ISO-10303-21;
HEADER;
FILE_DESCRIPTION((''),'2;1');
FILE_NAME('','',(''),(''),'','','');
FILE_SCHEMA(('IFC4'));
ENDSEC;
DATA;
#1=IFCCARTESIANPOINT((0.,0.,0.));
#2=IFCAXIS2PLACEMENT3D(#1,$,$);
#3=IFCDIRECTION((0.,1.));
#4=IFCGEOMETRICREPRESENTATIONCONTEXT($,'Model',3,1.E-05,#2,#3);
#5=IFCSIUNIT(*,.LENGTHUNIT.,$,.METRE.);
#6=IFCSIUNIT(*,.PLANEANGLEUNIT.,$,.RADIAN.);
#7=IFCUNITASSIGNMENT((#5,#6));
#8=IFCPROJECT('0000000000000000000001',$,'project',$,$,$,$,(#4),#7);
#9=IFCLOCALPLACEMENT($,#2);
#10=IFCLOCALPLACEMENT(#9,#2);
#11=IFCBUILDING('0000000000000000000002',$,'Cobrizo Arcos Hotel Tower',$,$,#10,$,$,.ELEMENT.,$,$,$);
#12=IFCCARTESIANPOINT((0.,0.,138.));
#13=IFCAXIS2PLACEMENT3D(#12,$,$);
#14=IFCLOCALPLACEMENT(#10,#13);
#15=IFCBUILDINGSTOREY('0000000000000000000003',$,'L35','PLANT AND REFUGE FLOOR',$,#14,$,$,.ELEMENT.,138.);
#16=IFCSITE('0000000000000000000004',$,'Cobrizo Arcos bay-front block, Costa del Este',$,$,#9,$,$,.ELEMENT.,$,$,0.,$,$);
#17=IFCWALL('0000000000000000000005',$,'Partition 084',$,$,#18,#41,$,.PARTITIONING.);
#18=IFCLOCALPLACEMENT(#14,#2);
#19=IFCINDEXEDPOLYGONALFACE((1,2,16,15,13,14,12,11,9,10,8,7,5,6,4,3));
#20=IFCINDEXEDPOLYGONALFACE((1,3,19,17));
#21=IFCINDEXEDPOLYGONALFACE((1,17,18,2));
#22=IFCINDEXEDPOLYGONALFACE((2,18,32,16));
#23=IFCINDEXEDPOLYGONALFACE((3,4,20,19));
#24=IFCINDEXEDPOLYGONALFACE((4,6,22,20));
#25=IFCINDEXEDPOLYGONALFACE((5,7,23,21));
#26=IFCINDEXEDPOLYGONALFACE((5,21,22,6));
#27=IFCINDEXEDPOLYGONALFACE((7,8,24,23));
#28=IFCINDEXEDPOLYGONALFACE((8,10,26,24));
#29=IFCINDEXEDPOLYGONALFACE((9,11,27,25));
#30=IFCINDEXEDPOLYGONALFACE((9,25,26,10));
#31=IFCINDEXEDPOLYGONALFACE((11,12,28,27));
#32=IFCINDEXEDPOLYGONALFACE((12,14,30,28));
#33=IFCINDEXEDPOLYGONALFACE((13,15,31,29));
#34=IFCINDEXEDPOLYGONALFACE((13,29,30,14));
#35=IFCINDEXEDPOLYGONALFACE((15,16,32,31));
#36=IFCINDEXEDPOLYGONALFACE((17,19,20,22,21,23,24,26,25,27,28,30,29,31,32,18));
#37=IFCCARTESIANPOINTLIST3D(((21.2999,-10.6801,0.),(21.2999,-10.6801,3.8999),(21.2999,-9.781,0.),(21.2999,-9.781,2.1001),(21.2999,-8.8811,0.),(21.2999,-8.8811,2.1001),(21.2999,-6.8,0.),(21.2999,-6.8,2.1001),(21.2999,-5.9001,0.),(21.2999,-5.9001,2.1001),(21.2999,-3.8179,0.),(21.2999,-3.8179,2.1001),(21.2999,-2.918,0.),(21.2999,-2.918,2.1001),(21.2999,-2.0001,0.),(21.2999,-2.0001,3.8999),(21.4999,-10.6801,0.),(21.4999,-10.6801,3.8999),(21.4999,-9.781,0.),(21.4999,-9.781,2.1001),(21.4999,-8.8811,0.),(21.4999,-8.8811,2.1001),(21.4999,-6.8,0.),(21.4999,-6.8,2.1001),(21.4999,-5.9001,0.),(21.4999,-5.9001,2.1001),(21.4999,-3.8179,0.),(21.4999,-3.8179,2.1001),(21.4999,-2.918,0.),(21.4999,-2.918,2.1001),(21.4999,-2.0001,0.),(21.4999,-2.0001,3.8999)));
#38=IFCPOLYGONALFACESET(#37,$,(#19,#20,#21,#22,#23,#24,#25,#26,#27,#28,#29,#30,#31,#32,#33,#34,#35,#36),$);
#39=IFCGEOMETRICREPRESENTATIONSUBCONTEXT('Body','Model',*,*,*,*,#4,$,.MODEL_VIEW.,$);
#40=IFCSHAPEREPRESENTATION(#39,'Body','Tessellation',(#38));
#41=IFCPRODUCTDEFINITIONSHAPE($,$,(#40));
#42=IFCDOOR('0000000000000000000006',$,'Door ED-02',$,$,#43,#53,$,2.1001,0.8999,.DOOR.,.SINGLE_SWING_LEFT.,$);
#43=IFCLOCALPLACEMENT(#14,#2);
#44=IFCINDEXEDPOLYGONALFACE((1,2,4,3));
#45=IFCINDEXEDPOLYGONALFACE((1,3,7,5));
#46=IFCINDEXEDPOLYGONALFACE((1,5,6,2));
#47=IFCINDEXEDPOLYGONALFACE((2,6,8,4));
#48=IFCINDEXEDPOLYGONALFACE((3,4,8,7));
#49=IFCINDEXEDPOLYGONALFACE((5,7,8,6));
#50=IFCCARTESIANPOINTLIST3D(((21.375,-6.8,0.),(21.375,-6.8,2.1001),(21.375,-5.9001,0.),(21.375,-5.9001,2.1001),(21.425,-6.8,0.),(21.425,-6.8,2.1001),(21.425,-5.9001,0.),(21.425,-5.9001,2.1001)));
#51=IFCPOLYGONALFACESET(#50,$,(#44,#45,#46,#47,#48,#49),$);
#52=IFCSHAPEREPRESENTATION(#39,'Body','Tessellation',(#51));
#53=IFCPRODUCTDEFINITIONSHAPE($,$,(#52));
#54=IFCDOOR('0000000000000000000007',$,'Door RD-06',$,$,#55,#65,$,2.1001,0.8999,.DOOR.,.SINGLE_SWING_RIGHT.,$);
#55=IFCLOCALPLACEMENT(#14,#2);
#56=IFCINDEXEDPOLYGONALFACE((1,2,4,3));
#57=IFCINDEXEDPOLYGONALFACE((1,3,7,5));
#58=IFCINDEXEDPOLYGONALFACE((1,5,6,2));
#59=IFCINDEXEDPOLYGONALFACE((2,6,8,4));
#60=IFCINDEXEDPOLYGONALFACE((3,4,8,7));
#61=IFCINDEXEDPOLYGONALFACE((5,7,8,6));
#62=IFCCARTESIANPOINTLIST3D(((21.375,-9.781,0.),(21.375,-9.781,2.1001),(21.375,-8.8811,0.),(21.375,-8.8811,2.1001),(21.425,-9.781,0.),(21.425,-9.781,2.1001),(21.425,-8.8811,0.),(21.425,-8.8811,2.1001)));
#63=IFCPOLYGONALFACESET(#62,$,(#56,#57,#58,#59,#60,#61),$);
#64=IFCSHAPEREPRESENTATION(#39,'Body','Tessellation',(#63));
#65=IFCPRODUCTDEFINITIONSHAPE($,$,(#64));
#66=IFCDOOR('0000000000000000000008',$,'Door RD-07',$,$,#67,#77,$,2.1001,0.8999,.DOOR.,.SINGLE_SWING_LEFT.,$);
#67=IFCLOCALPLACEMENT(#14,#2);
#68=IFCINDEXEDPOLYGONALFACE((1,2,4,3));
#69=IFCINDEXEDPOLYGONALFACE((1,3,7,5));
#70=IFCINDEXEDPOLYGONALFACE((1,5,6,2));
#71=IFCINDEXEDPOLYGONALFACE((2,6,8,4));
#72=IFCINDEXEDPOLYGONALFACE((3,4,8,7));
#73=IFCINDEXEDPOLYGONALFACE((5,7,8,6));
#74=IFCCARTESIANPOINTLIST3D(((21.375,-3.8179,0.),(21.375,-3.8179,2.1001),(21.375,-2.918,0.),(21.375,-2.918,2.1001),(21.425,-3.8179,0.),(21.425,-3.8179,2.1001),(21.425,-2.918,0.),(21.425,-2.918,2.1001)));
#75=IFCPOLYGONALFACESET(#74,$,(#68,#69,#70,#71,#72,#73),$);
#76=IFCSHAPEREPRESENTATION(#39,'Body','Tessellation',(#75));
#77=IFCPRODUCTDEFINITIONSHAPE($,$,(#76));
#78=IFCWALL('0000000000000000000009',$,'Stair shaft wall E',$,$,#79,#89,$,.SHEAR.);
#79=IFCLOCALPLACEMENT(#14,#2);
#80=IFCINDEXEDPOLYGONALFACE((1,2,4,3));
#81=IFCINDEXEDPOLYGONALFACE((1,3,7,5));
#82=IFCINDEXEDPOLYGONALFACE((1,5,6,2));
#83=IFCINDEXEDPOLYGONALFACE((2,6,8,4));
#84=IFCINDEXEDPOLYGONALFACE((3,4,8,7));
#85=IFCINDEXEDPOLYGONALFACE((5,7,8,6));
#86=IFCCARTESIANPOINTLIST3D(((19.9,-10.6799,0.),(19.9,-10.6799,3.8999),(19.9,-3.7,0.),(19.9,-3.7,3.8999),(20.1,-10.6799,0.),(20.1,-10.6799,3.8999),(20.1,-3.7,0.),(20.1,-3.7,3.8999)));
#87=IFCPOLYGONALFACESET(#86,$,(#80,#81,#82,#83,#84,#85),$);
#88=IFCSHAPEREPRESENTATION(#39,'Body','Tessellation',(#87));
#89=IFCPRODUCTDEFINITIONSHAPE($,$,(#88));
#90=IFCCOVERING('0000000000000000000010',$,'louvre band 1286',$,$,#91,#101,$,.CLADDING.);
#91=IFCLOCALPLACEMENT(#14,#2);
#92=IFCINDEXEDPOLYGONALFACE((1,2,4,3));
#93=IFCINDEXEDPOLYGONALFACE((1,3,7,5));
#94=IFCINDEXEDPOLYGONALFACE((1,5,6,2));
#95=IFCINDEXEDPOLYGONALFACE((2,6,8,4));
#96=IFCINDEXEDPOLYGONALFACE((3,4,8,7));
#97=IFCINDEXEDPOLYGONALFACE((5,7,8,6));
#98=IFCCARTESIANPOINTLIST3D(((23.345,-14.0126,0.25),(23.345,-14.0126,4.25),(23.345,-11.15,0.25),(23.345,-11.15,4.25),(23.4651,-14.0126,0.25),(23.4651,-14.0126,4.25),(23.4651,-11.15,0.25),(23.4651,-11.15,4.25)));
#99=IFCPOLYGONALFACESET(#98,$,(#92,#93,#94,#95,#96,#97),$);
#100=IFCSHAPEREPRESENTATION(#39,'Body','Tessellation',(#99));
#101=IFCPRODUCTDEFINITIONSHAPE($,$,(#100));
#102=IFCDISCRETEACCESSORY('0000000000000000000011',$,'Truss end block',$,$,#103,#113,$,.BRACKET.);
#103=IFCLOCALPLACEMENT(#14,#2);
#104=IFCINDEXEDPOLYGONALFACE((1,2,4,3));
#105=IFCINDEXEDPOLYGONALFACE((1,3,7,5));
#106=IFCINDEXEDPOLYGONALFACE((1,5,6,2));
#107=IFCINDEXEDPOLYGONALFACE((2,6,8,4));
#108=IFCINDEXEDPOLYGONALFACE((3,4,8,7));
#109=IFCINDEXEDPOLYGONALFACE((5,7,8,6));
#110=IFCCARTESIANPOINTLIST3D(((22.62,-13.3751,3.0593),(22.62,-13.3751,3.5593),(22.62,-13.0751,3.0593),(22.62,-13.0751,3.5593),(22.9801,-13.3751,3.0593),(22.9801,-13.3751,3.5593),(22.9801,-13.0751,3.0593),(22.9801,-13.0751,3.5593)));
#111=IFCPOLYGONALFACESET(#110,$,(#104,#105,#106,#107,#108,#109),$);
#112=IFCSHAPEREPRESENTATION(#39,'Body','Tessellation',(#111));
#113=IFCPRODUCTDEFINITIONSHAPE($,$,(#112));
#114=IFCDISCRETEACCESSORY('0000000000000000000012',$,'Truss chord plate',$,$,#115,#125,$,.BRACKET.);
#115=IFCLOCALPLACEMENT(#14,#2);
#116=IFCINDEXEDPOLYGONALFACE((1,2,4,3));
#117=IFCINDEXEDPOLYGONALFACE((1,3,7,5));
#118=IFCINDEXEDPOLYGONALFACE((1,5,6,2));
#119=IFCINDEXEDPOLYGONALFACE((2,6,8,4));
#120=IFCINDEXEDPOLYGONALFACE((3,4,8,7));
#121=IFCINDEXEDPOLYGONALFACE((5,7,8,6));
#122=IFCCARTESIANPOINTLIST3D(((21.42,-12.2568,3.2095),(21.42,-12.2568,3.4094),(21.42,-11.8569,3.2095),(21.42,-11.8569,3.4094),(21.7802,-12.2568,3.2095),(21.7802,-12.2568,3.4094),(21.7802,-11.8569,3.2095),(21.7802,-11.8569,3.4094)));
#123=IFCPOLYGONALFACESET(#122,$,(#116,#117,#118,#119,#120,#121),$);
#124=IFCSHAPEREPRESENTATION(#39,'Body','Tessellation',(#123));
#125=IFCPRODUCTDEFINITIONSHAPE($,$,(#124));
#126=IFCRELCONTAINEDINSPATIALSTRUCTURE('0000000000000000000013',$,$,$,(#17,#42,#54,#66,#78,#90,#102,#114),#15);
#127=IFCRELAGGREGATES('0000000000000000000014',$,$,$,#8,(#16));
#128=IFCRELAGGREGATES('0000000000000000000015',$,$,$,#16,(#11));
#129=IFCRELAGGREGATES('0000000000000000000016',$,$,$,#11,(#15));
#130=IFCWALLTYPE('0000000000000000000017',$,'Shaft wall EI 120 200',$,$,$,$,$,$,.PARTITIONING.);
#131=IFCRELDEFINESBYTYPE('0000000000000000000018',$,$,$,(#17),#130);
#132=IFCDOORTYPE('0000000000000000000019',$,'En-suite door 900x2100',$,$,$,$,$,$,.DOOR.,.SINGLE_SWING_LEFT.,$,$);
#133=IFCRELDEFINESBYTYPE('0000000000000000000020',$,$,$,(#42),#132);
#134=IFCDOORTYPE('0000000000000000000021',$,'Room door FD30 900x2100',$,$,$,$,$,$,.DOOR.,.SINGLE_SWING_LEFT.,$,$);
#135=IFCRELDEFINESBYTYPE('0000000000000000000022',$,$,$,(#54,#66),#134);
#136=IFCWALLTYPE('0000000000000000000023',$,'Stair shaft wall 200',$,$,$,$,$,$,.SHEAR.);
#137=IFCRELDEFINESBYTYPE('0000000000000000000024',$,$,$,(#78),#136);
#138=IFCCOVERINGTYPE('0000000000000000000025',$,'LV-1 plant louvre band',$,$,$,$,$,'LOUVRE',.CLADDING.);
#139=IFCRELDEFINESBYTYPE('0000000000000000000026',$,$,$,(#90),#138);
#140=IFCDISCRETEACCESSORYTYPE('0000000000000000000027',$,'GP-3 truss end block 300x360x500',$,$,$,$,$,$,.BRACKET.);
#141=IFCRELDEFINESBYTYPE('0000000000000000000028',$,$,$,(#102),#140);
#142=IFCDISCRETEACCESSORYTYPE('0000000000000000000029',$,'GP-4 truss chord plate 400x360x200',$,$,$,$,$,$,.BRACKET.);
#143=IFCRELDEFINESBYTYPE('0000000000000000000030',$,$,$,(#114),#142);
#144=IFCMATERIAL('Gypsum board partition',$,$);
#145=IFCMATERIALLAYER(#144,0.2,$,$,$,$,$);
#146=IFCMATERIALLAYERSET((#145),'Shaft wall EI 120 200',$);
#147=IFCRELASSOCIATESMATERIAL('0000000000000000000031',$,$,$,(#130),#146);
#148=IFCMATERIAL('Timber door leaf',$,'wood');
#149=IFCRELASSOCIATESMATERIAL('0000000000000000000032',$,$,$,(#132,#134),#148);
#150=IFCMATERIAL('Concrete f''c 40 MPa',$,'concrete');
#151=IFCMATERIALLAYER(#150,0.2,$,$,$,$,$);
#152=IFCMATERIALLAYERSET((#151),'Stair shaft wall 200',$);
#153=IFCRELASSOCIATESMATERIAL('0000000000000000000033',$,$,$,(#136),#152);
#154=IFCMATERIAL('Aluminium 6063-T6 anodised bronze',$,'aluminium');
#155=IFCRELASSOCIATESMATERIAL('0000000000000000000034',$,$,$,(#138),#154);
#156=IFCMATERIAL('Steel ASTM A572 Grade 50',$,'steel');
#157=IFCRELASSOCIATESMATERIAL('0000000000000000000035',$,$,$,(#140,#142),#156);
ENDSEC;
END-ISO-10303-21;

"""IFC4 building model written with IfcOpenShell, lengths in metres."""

from ifc_helpers import new_model, si_unit, direction, frame, frame_2d, origin, origin_2d, place, context, subcontext, project, spatial, rectangle, extrude, material, layer, layer_set, type_object, element, fill, save


model = new_model("IFC4")

# Units and contexts
model_context = context("Model", 3, precision=1e-05, world=origin(), true_north=direction((0.0, 1.0)))
body_context = subcontext(model_context, "Body", "Model", "MODEL_VIEW")
ifc_project = project(units=[si_unit("LENGTHUNIT", "METRE"), si_unit("PLANEANGLEUNIT", "RADIAN")], contexts=[model_context])

# Site, building, storey
site_placement = place(None, origin())
site = spatial("IfcSite", under=ifc_project, at=site_placement, Name="Cobrizo Arcos bay-front block, Costa del Este", CompositionType="ELEMENT", RefElevation=0.0)
building_placement = place(site_placement, origin())
building = spatial("IfcBuilding", under=site, at=building_placement, Name="Cobrizo Arcos Hotel Tower", CompositionType="ELEMENT")
storey_placement = place(building_placement, frame((0.0, 0.0, 138.0)))
storey = spatial("IfcBuildingStorey", under=building, at=storey_placement, Name="L35", Description="PLANT AND REFUGE FLOOR", CompositionType="ELEMENT", Elevation=138.0)

# Shared definitions
ifc_material_1 = material(Name="Aluminium 6063-T6 anodised bronze", Category="aluminium")

# Wall, openings, doors
ifc_material_2 = material(Name="Gypsum board partition")
ifc_layer_1 = layer(ifc_material_2, 0.2)
ifc_layer_set_1 = layer_set([ifc_layer_1], Name="Shaft wall EI 120 200")
wall_type_1 = type_object("IfcWallType", Name="Shaft wall EI 120 200", PredefinedType="PARTITIONING", material=ifc_layer_set_1)
wall_1_placement = place(storey_placement, frame((21.3999, -10.6799, 0.0), z_axis=(0.0, 0.0, 1.0), x_axis=(0.0, 1.0, 0.0)))
wall_1 = element("IfcWall", 1, at=wall_1_placement, inside=storey, type_object=wall_type_1, Name="Partition 084", PredefinedType="PARTITIONING", context=body_context, shape_type="SweptSolid", body=[
    extrude(rectangle(XDim=8.6799, YDim=0.2, at=frame_2d((4.3398, 0.0))), origin(), (0.0, 0.0, 1.0), 3.8999),
])
opening_1_placement = place(wall_1_placement, frame((0.8989, 0.0, 0.0)))
opening_1 = element("IfcOpeningElement", 2, at=opening_1_placement, cuts=wall_1, PredefinedType="OPENING", context=body_context, shape_type="SweptSolid", body=[
    extrude(rectangle(XDim=0.8999, YDim=2.1001, at=frame_2d((0.45, 1.05))), frame((0.0, 0.1121, 0.0), z_axis=(0.0, -1.0, 0.0), x_axis=(1.0, 0.0, 0.0)), (0.0, 0.0, 1.0), 0.2239),
])
opening_2_placement = place(wall_1_placement, frame((3.8799, 0.0, 0.0)))
opening_2 = element("IfcOpeningElement", 3, at=opening_2_placement, cuts=wall_1, PredefinedType="OPENING", context=body_context, shape_type="SweptSolid", body=[
    extrude(rectangle(XDim=0.8999, YDim=2.1001, at=frame_2d((0.45, 1.05))), frame((0.0, 0.1121, 0.0), z_axis=(0.0, -1.0, 0.0), x_axis=(1.0, 0.0, 0.0)), (0.0, 0.0, 1.0), 0.2239),
])
opening_3_placement = place(wall_1_placement, frame((6.8621, 0.0, 0.0)))
opening_3 = element("IfcOpeningElement", 4, at=opening_3_placement, cuts=wall_1, PredefinedType="OPENING", context=body_context, shape_type="SweptSolid", body=[
    extrude(rectangle(XDim=0.8999, YDim=2.1001, at=frame_2d((0.45, 1.05))), frame((0.0, 0.1121, 0.0), z_axis=(0.0, -1.0, 0.0), x_axis=(1.0, 0.0, 0.0)), (0.0, 0.0, 1.0), 0.2239),
])
ifc_material_3 = material(Name="Timber door leaf", Category="wood")
door_type_1 = type_object("IfcDoorType", Name="En-suite door 900x2100", OperationType="SINGLE_SWING_LEFT", PredefinedType="DOOR", material=ifc_material_3)
door_1_placement = place(opening_2_placement, origin())
door_1 = element("IfcDoor", 5, at=door_1_placement, inside=storey, type_object=door_type_1, Name="Door ED-02", OperationType="SINGLE_SWING_LEFT", OverallHeight=2.1001, OverallWidth=0.8999, PredefinedType="DOOR", context=body_context, shape_type="SweptSolid", body=[
    extrude(rectangle(XDim=0.8999, YDim=2.1001, at=frame_2d((0.45, 1.05))), frame((0.0, 0.0249, 0.0), z_axis=(0.0, -1.0, 0.0), x_axis=(1.0, 0.0, 0.0)), (0.0, 0.0, 1.0), 0.05),
])
fill(opening_2, door_1)
door_type_2 = type_object("IfcDoorType", Name="Room door FD30 900x2100", OperationType="SINGLE_SWING_LEFT", PredefinedType="DOOR", material=ifc_material_3)
door_2_placement = place(opening_1_placement, origin())
door_2 = element("IfcDoor", 6, at=door_2_placement, inside=storey, type_object=door_type_2, Name="Door RD-06", OperationType="SINGLE_SWING_RIGHT", OverallHeight=2.1001, OverallWidth=0.8999, PredefinedType="DOOR", context=body_context, shape_type="SweptSolid", body=[
    extrude(rectangle(XDim=0.8999, YDim=2.1001, at=frame_2d((0.45, 1.05))), frame((0.0, 0.0249, 0.0), z_axis=(0.0, -1.0, 0.0), x_axis=(1.0, 0.0, 0.0)), (0.0, 0.0, 1.0), 0.05),
])
fill(opening_1, door_2)
door_3_placement = place(opening_3_placement, origin())
door_3 = element("IfcDoor", 7, at=door_3_placement, inside=storey, type_object=door_type_2, Name="Door RD-07", OperationType="SINGLE_SWING_LEFT", OverallHeight=2.1001, OverallWidth=0.8999, PredefinedType="DOOR", context=body_context, shape_type="SweptSolid", body=[
    extrude(rectangle(XDim=0.8999, YDim=2.1001, at=frame_2d((0.45, 1.05))), frame((0.0, 0.0249, 0.0), z_axis=(0.0, -1.0, 0.0), x_axis=(1.0, 0.0, 0.0)), (0.0, 0.0, 1.0), 0.05),
])
fill(opening_3, door_3)

# Wall
ifc_material_4 = material(Name="Concrete f'c 40 MPa", Category="concrete")
ifc_layer_2 = layer(ifc_material_4, 0.2)
ifc_layer_set_2 = layer_set([ifc_layer_2], Name="Stair shaft wall 200")
wall_type_2 = type_object("IfcWallType", Name="Stair shaft wall 200", PredefinedType="SHEAR", material=ifc_layer_set_2)
wall_2_placement = place(storey_placement, frame((20.0, -10.6799, 0.0), z_axis=(0.0, 0.0, 1.0), x_axis=(0.0, 1.0, 0.0)))
element("IfcWall", 8, at=wall_2_placement, inside=storey, type_object=wall_type_2, Name="Stair shaft wall E", PredefinedType="SHEAR", context=body_context, shape_type="SweptSolid", body=[
    extrude(rectangle(XDim=6.98, YDim=0.2, at=frame_2d((3.49, 0.0))), origin(), (0.0, 0.0, 1.0), 3.8999),
])

# Covering
covering_type = type_object("IfcCoveringType", Name="LV-1 plant louvre band", ElementType="LOUVRE", PredefinedType="CLADDING", material=ifc_material_1)
covering_placement = place(storey_placement, frame((23.405, -12.5813, 0.25), z_axis=(0.0, 0.0, 1.0), x_axis=(0.0, 1.0, 0.0)))
element("IfcCovering", 9, at=covering_placement, inside=storey, type_object=covering_type, Name="louvre band 1286", PredefinedType="CLADDING", context=body_context, shape_type="SweptSolid", body=[
    extrude(rectangle(XDim=2.8625, YDim=0.1201, at=origin_2d()), origin(), (0.0, 0.0, 1.0), 4.0),
])

# Discrete accessories
ifc_material_5 = material(Name="Steel ASTM A572 Grade 50", Category="steel")
discrete_accessory_type_1 = type_object("IfcDiscreteAccessoryType", Name="GP-3 truss end block 300x360x500", PredefinedType="BRACKET", material=ifc_material_5)
discrete_accessory_1_placement = place(storey_placement, frame((22.8, -13.2251, 3.0593), z_axis=(0.0, 0.0, 1.0), x_axis=(0.0, 1.0, 0.0)))
element("IfcDiscreteAccessory", 10, at=discrete_accessory_1_placement, inside=storey, type_object=discrete_accessory_type_1, Name="Truss end block", PredefinedType="BRACKET", context=body_context, shape_type="SweptSolid", body=[
    extrude(rectangle(XDim=0.3, YDim=0.3601, at=origin_2d()), origin(), (0.0, 0.0, 1.0), 0.5),
])
discrete_accessory_type_2 = type_object("IfcDiscreteAccessoryType", Name="GP-4 truss chord plate 400x360x200", PredefinedType="BRACKET", material=ifc_material_5)
discrete_accessory_2_placement = place(storey_placement, frame((21.6001, -12.0569, 3.2095), z_axis=(0.0, 0.0, 1.0), x_axis=(0.0, 1.0, 0.0)))
element("IfcDiscreteAccessory", 11, at=discrete_accessory_2_placement, inside=storey, type_object=discrete_accessory_type_2, Name="Truss chord plate", PredefinedType="BRACKET", context=body_context, shape_type="SweptSolid", body=[
    extrude(rectangle(XDim=0.3999, YDim=0.3601, at=origin_2d()), origin(), (0.0, 0.0, 1.0), 0.2),
])

save(model, "model.ifc")
